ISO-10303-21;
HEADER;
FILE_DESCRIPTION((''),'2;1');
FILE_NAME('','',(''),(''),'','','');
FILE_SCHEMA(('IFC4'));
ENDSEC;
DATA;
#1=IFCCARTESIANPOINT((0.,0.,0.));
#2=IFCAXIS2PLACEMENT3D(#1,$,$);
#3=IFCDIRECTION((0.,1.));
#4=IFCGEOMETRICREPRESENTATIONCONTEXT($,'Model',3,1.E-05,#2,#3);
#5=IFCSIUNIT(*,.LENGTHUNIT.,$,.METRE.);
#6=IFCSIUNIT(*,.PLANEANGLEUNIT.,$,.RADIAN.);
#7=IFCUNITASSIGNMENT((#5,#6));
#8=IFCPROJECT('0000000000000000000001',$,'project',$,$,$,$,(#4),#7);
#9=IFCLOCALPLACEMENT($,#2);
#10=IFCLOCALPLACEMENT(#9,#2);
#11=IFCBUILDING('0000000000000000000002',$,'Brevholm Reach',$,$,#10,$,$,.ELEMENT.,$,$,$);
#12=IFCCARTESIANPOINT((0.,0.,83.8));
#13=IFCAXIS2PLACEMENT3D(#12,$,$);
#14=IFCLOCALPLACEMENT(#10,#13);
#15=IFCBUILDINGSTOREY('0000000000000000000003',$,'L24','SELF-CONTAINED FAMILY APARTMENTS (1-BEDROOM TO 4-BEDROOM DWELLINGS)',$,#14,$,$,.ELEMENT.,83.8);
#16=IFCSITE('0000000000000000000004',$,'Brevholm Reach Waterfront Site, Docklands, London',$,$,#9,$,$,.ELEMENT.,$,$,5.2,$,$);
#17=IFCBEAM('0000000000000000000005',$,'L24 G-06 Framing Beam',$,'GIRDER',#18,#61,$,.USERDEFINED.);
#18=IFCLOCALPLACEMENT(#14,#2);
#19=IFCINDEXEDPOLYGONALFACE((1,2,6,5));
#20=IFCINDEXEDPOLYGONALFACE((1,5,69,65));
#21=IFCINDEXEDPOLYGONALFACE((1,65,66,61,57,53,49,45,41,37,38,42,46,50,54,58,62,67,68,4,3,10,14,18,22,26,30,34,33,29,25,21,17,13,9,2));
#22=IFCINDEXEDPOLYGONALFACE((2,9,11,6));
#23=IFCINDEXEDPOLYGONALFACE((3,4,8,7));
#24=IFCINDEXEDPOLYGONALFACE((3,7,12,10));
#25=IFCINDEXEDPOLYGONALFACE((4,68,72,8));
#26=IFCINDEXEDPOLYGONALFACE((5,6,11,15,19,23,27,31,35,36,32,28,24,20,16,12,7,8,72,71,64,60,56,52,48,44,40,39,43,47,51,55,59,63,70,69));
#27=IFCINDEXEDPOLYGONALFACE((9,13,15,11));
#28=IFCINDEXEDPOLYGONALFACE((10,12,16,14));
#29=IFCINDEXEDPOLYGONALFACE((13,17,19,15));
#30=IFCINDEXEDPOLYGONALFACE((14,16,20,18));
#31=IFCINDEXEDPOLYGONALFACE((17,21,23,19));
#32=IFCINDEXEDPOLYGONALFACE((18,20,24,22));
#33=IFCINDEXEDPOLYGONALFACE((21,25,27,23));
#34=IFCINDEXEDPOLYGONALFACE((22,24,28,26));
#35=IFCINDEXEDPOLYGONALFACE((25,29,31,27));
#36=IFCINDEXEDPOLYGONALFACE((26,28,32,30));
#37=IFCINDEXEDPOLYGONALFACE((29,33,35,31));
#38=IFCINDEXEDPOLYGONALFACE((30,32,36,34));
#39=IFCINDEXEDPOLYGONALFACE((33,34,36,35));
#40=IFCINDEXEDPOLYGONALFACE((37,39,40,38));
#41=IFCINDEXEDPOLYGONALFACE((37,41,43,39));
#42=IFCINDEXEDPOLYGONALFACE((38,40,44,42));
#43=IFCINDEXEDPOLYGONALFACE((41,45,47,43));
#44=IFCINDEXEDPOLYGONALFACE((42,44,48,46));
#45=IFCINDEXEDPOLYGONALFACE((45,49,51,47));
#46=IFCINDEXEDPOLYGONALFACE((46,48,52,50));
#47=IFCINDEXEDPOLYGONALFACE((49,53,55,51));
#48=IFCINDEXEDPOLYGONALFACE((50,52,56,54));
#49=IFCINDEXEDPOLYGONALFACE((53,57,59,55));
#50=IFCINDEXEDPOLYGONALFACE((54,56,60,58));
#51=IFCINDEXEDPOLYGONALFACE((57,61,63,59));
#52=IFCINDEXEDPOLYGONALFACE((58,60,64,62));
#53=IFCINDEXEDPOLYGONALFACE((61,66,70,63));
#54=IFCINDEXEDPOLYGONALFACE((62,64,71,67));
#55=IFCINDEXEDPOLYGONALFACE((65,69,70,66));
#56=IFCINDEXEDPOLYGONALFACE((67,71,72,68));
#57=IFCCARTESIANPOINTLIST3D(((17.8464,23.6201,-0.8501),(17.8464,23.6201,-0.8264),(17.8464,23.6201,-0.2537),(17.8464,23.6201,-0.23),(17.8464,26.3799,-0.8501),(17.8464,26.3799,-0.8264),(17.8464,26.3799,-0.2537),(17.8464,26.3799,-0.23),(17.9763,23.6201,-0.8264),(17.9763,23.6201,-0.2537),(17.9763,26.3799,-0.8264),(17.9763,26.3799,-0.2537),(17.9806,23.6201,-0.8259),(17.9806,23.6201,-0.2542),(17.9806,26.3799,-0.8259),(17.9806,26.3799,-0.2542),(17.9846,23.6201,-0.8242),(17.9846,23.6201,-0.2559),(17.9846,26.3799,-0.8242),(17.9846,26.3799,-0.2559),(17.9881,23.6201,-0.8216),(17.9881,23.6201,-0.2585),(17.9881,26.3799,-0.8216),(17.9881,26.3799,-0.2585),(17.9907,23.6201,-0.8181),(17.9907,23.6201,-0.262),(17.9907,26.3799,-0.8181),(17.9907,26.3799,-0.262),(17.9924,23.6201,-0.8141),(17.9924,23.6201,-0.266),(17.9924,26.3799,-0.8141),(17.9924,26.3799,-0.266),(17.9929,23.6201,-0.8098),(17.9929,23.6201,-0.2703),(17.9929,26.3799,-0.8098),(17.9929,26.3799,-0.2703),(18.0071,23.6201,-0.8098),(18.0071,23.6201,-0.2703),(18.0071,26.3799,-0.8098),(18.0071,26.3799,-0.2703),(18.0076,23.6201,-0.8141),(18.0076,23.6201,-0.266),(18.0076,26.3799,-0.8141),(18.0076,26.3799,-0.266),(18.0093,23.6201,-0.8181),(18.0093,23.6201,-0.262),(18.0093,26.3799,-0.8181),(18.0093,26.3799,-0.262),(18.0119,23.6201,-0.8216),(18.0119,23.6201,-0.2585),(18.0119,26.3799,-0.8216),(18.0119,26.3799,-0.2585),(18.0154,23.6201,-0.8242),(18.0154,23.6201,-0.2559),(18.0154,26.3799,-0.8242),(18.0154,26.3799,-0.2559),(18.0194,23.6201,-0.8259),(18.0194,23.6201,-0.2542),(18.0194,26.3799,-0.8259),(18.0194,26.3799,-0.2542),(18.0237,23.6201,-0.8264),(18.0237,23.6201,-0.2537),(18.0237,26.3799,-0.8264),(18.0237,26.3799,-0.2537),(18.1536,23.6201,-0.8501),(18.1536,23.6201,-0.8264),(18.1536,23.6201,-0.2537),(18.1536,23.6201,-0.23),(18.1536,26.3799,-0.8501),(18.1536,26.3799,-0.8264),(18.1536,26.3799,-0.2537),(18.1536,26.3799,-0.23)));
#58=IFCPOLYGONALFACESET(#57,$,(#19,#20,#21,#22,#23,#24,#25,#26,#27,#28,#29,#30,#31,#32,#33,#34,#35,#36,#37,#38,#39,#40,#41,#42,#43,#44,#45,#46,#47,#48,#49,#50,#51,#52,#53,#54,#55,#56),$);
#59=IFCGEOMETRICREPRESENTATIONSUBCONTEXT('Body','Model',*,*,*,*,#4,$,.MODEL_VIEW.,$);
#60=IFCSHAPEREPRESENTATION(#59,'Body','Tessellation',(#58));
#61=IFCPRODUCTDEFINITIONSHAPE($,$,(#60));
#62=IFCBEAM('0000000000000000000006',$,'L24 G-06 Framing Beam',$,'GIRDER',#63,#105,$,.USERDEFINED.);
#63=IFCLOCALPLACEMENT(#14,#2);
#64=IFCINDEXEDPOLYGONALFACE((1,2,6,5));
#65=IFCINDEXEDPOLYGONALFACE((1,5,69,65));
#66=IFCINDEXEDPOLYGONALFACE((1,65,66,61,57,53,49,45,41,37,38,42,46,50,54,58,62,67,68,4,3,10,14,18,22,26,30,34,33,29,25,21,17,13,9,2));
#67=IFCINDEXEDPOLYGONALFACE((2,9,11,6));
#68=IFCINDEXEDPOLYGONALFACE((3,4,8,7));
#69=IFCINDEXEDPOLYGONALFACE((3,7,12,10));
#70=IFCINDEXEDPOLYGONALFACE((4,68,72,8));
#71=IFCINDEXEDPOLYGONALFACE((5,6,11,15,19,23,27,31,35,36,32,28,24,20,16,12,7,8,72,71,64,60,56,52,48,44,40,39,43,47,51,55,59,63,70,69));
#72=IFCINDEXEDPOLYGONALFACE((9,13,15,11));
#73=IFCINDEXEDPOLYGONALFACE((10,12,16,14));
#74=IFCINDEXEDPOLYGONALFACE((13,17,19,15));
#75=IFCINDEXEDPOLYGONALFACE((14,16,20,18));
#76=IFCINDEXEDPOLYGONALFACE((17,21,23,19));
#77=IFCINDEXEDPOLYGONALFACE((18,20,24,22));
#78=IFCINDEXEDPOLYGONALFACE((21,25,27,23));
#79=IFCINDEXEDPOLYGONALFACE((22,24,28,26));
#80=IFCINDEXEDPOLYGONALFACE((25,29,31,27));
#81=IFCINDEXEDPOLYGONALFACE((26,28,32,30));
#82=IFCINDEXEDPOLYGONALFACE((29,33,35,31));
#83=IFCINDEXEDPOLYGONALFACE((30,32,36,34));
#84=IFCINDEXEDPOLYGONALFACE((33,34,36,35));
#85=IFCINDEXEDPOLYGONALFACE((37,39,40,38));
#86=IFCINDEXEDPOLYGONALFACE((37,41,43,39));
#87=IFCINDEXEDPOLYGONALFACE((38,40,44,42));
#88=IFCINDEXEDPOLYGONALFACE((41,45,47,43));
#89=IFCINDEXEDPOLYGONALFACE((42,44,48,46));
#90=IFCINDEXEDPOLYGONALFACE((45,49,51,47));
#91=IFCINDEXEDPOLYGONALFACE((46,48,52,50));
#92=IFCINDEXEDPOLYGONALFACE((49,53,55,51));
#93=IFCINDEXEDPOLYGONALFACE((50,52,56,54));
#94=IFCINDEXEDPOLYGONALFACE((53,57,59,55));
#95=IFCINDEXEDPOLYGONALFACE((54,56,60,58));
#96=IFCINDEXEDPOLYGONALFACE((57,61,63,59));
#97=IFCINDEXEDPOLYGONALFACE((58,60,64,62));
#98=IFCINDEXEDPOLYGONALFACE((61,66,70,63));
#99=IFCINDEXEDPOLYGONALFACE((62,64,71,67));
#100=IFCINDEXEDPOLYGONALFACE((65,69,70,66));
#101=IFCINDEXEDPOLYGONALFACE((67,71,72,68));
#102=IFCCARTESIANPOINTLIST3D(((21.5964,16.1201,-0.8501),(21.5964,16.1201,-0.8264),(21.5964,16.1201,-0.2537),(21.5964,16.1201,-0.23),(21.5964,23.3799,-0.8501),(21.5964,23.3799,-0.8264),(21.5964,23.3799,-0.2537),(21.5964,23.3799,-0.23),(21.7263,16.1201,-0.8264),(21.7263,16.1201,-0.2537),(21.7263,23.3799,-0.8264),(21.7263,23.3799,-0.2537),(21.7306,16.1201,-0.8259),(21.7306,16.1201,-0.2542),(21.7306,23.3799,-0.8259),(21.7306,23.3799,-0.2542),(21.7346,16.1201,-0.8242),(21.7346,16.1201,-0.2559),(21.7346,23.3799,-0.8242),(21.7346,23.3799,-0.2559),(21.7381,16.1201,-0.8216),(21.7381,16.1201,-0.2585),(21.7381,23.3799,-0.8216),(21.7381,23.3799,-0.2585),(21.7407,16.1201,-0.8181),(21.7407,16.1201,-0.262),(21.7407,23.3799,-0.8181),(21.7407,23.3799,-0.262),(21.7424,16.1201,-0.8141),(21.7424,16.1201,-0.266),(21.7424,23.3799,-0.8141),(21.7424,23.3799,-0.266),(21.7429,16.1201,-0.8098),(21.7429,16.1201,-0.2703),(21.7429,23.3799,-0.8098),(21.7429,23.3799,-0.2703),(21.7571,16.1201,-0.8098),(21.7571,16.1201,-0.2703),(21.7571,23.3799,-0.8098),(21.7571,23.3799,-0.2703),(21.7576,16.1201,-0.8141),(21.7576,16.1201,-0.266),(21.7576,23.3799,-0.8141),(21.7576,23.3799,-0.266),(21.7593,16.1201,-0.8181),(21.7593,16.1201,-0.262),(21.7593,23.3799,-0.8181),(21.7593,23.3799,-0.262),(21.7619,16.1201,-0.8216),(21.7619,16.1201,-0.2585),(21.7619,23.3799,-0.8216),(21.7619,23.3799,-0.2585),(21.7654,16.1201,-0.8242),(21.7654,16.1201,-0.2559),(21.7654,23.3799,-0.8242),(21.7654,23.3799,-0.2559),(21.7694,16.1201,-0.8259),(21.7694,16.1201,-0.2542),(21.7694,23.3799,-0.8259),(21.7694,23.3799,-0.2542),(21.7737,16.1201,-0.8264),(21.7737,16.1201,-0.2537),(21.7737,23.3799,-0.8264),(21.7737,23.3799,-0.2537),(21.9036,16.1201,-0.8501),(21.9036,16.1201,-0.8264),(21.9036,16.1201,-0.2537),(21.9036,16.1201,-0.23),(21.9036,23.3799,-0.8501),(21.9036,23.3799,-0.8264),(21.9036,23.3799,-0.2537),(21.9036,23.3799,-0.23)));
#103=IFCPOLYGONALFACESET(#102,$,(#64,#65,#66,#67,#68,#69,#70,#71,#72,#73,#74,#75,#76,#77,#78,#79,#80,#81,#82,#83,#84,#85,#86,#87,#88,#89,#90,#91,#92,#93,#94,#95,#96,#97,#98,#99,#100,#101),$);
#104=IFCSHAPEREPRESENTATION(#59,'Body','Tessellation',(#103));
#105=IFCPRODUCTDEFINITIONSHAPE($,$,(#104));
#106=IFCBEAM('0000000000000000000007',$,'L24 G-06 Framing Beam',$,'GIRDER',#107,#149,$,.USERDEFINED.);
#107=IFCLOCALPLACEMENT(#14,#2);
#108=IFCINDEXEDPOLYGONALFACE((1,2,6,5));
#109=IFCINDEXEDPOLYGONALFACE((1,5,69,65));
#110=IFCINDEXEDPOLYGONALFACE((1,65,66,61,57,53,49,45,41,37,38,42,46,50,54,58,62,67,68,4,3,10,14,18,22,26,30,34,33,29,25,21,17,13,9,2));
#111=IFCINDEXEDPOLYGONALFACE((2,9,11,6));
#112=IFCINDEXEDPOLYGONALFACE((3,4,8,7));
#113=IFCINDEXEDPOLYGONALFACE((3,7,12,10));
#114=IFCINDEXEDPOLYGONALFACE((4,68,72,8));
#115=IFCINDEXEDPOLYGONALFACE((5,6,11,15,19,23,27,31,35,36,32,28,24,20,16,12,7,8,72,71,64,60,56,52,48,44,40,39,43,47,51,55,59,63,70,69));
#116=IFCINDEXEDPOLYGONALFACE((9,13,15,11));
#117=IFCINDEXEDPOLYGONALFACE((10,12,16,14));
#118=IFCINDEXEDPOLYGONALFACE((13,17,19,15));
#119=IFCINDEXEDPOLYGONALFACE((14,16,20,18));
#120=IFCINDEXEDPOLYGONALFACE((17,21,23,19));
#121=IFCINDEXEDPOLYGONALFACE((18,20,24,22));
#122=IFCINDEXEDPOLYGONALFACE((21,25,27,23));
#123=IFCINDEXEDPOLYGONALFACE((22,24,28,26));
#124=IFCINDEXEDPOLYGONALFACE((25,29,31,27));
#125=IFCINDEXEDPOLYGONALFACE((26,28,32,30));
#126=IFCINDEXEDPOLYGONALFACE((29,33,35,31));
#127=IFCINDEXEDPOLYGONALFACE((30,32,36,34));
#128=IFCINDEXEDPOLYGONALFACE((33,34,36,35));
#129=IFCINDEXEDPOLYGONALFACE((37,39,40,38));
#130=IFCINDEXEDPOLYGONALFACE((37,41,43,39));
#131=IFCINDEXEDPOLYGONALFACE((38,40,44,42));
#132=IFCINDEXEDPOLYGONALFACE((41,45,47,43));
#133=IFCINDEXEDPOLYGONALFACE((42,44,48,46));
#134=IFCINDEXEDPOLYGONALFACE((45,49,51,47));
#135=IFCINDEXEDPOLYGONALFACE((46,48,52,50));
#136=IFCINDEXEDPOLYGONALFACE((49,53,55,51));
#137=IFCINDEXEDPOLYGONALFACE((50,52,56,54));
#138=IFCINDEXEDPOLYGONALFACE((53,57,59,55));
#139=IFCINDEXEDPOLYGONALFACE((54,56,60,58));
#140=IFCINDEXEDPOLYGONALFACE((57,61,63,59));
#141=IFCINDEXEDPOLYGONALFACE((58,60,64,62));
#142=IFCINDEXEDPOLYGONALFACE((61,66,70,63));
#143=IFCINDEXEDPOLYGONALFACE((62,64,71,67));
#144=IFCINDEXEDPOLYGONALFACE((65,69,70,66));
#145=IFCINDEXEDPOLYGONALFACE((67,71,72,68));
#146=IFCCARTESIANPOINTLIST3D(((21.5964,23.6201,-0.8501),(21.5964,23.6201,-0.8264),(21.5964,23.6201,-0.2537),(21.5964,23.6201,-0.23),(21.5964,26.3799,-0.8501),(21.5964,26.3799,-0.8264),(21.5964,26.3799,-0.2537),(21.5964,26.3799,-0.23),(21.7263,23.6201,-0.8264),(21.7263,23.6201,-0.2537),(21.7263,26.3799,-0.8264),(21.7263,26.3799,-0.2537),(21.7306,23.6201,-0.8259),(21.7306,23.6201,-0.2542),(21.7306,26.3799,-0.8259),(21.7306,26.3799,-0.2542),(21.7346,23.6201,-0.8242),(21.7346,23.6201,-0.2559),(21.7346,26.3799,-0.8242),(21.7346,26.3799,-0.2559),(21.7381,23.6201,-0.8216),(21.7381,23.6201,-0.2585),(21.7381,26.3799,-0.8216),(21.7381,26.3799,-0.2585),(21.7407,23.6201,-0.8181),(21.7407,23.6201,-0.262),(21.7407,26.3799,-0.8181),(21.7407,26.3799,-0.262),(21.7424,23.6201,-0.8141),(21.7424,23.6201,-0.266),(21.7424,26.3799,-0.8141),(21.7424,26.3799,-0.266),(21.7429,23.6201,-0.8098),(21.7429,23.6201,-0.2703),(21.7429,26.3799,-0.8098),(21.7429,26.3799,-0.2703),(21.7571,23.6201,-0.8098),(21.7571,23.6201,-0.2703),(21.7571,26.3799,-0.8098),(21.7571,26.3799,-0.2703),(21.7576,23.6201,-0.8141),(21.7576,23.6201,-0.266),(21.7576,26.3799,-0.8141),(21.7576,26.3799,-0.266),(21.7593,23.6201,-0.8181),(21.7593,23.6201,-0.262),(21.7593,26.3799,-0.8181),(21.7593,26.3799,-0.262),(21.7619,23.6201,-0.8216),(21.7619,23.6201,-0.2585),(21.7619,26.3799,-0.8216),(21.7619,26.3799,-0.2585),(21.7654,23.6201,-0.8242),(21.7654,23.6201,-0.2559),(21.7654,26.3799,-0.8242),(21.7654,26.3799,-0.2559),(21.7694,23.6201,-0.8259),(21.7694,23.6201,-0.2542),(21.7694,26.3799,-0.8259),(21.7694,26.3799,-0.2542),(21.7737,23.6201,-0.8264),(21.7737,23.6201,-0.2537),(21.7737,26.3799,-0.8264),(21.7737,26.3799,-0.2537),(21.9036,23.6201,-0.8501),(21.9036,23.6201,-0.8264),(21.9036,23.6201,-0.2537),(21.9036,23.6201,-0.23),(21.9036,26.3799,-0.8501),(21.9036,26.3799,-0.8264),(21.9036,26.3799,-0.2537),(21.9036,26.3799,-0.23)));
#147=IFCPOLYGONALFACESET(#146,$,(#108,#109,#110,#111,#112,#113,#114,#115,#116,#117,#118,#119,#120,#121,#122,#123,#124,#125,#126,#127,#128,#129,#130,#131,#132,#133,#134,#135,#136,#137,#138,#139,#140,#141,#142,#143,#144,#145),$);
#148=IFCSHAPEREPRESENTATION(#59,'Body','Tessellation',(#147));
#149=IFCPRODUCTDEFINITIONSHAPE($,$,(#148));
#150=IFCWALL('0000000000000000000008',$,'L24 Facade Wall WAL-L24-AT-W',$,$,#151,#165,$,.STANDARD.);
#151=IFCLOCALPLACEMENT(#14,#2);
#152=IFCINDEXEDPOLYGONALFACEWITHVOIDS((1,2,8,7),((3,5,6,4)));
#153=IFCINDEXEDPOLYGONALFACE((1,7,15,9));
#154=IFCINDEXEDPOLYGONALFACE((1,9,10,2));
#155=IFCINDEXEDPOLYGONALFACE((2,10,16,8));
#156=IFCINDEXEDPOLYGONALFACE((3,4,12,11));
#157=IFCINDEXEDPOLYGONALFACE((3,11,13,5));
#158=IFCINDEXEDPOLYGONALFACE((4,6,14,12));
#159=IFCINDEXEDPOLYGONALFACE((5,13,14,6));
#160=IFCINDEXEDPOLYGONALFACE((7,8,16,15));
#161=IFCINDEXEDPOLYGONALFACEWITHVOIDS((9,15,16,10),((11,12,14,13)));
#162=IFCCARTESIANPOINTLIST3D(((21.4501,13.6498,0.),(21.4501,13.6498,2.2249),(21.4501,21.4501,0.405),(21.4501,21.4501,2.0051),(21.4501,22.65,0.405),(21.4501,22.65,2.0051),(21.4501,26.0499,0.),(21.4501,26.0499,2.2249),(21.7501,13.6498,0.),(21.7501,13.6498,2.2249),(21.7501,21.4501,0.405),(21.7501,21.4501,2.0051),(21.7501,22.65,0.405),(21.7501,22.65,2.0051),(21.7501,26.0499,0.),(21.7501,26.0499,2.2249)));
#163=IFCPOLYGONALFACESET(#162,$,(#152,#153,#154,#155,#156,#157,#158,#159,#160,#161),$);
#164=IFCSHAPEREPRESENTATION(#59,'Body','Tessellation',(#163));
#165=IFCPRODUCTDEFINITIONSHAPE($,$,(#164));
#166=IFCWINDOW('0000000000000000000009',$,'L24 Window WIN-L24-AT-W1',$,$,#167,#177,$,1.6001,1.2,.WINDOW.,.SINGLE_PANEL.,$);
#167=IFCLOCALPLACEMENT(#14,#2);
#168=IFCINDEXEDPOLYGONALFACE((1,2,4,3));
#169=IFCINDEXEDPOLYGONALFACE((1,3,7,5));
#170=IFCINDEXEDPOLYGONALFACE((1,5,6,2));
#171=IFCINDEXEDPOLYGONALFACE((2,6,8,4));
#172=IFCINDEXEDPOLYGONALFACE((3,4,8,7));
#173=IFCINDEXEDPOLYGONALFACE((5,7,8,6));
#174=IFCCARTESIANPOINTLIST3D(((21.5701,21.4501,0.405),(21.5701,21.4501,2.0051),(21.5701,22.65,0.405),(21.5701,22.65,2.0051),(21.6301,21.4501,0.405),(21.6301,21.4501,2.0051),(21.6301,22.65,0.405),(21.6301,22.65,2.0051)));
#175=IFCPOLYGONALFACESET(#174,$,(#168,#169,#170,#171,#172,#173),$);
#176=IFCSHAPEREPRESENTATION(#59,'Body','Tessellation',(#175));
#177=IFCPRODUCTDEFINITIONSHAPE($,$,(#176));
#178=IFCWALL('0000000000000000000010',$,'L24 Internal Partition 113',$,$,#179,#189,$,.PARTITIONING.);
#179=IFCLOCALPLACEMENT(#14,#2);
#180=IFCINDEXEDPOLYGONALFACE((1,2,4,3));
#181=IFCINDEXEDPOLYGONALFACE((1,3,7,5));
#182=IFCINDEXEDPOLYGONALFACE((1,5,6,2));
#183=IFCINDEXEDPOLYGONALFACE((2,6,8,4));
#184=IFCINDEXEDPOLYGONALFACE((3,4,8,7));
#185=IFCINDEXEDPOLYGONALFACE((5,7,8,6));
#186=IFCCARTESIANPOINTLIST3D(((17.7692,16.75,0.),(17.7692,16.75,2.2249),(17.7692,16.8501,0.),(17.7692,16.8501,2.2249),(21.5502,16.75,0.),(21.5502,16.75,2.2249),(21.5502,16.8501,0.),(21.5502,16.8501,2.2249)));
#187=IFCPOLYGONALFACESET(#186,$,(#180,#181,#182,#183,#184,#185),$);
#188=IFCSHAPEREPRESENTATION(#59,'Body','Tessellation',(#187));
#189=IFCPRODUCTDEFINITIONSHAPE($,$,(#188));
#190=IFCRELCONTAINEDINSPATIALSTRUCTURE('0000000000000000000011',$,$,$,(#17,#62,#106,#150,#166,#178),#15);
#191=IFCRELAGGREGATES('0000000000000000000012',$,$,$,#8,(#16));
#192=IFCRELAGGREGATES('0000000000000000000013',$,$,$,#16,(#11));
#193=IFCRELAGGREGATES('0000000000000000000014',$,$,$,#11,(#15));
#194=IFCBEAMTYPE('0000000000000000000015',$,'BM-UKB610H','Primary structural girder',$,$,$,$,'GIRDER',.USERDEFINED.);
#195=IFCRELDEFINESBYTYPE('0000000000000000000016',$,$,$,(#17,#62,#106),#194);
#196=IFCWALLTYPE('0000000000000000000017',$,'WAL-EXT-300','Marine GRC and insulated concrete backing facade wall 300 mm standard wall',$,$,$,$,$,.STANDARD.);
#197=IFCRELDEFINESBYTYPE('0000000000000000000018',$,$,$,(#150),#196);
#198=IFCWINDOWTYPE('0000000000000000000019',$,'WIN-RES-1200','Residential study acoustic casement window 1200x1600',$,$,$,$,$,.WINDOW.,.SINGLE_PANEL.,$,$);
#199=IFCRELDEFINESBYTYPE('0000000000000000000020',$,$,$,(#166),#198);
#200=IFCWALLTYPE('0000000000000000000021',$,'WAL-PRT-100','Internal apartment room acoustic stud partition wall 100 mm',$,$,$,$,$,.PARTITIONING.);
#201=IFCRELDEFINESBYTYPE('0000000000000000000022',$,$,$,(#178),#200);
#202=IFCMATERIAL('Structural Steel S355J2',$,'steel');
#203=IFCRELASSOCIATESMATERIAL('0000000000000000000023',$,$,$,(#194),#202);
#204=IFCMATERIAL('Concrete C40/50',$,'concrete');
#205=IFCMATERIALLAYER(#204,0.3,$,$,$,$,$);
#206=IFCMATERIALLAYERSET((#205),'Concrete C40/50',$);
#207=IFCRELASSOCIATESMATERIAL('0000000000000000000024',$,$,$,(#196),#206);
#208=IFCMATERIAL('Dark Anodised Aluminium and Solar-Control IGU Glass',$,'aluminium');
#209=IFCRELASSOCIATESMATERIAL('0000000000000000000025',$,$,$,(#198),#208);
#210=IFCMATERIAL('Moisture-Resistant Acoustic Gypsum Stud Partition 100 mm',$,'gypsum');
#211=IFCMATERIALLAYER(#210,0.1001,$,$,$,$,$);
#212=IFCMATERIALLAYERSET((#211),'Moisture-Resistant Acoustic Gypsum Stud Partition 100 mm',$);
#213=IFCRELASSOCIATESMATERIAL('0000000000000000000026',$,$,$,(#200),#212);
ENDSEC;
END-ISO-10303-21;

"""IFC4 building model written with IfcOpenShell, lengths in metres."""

from ifc_helpers import new_model, si_unit, direction, frame, frame_2d, origin, origin_2d, place, context, subcontext, project, spatial, rectangle, i_section, extrude, material, layer, layer_set, material_profile, profile_set, type_object, element, fill, save


model = new_model("IFC4")

# Units and contexts
model_context = context("Model", 3, precision=1e-05, world=origin(), true_north=direction((0.0, 1.0)))
body_context = subcontext(model_context, "Body", "Model", "MODEL_VIEW")
ifc_project = project(units=[si_unit("LENGTHUNIT", "METRE"), si_unit("PLANEANGLEUNIT", "RADIAN")], contexts=[model_context])

# Site, building, storey
site_placement = place(None, origin())
site = spatial("IfcSite", under=ifc_project, at=site_placement, Name="Brevholm Reach Waterfront Site, Docklands, London", CompositionType="ELEMENT", RefElevation=5.2)
building_placement = place(site_placement, origin())
building = spatial("IfcBuilding", under=site, at=building_placement, Name="Brevholm Reach", CompositionType="ELEMENT")
storey_placement = place(building_placement, frame((0.0, 0.0, 83.8)))
storey = spatial("IfcBuildingStorey", under=building, at=storey_placement, Name="L24", Description="SELF-CONTAINED FAMILY APARTMENTS (1-BEDROOM TO 4-BEDROOM DWELLINGS)", CompositionType="ELEMENT", Elevation=83.8)

# Beams
ifc_material_1 = material(Name="Structural Steel S355J2", Category="steel")
ifc_material_profile_1 = material_profile(ifc_material_1, i_section(OverallWidth=0.3071, OverallDepth=0.6201, WebThickness=0.0142, FlangeThickness=0.0237, FilletRadius=0.0166, at=origin_2d()), Name="UKB 610x305x179")
ifc_profile_set_1 = profile_set([ifc_material_profile_1], Name="Structural Steel S355J2")
beam_type_1 = type_object("IfcBeamType", Name="BM-UKB610H", Description="Primary structural girder", ElementType="GIRDER", PredefinedType="USERDEFINED", material=ifc_profile_set_1)
beam_1_placement = place(storey_placement, frame((18.0, 23.6201, -0.54), z_axis=(0.0, 1.0, 0.0), x_axis=(-1.0, 0.0, 0.0)))
element("IfcBeam", 1, at=beam_1_placement, inside=storey, type_object=beam_type_1, Name="L24 G-06 Framing Beam", ObjectType="GIRDER", PredefinedType="USERDEFINED", context=body_context, shape_type="SweptSolid", body=[
    extrude(i_section(OverallWidth=0.3071, OverallDepth=0.6201, WebThickness=0.0142, FlangeThickness=0.0237, FilletRadius=0.0166, at=origin_2d()), origin(), (0.0, 0.0, 1.0), 2.7598),
])
beam_2_placement = place(storey_placement, frame((21.75, 16.1201, -0.54), z_axis=(0.0, 1.0, 0.0), x_axis=(-1.0, 0.0, 0.0)))
element("IfcBeam", 2, at=beam_2_placement, inside=storey, type_object=beam_type_1, Name="L24 G-06 Framing Beam", ObjectType="GIRDER", PredefinedType="USERDEFINED", context=body_context, shape_type="SweptSolid", body=[
    extrude(i_section(OverallWidth=0.3071, OverallDepth=0.6201, WebThickness=0.0142, FlangeThickness=0.0237, FilletRadius=0.0166, at=origin_2d()), origin(), (0.0, 0.0, 1.0), 7.2598),
])
beam_3_placement = place(storey_placement, frame((21.75, 23.6201, -0.54), z_axis=(0.0, 1.0, 0.0), x_axis=(-1.0, 0.0, 0.0)))
element("IfcBeam", 3, at=beam_3_placement, inside=storey, type_object=beam_type_1, Name="L24 G-06 Framing Beam", ObjectType="GIRDER", PredefinedType="USERDEFINED", context=body_context, shape_type="SweptSolid", body=[
    extrude(i_section(OverallWidth=0.3071, OverallDepth=0.6201, WebThickness=0.0142, FlangeThickness=0.0237, FilletRadius=0.0166, at=origin_2d()), origin(), (0.0, 0.0, 1.0), 2.7598),
])

# Wall, opening, window
ifc_material_2 = material(Name="Concrete C40/50", Category="concrete")
ifc_layer_1 = layer(ifc_material_2, 0.3)
ifc_layer_set_1 = layer_set([ifc_layer_1], Name="Concrete C40/50")
wall_type_1 = type_object("IfcWallType", Name="WAL-EXT-300", Description="Marine GRC and insulated concrete backing facade wall 300 mm standard wall", PredefinedType="STANDARD", material=ifc_layer_set_1)
wall_1_placement = place(storey_placement, frame((21.6001, 26.05, 0.0), z_axis=(0.0, 0.0, 1.0), x_axis=(0.0, -1.0, 0.0)))
wall_1 = element("IfcWall", 4, at=wall_1_placement, inside=storey, type_object=wall_type_1, Name="L24 Facade Wall WAL-L24-AT-W", PredefinedType="STANDARD", context=body_context, shape_type="SweptSolid", body=[
    extrude(rectangle(XDim=12.4001, YDim=0.3, at=frame_2d((6.2002, 0.0))), origin(), (0.0, 0.0, 1.0), 2.2249),
])
opening_1_placement = place(wall_1_placement, frame((3.3999, 0.0, 0.405)))
opening_1 = element("IfcOpeningElement", 5, at=opening_1_placement, cuts=wall_1, PredefinedType="OPENING", context=body_context, shape_type="SweptSolid", body=[
    extrude(rectangle(XDim=1.2, YDim=1.6001, at=frame_2d((0.6001, 0.8))), frame((0.0, 0.1599, 0.0), z_axis=(0.0, -1.0, 0.0), x_axis=(1.0, 0.0, 0.0)), (0.0, 0.0, 1.0), 0.3201),
])
ifc_material_3 = material(Name="Dark Anodised Aluminium and Solar-Control IGU Glass", Category="aluminium")
window_type = type_object("IfcWindowType", Name="WIN-RES-1200", Description="Residential study acoustic casement window 1200x1600", PartitioningType="SINGLE_PANEL", PredefinedType="WINDOW", material=ifc_material_3)
window_placement = place(opening_1_placement, origin())
window = element("IfcWindow", 6, at=window_placement, inside=storey, type_object=window_type, Name="L24 Window WIN-L24-AT-W1", OverallHeight=1.6001, OverallWidth=1.2, PartitioningType="SINGLE_PANEL", PredefinedType="WINDOW", context=body_context, shape_type="SweptSolid", body=[
    extrude(rectangle(XDim=1.2, YDim=1.6001, at=frame_2d((0.6001, 0.8))), frame((0.0, 0.03, 0.0), z_axis=(0.0, -1.0, 0.0), x_axis=(1.0, 0.0, 0.0)), (0.0, 0.0, 1.0), 0.0601),
])
fill(opening_1, window)

# Wall
ifc_material_4 = material(Name="Moisture-Resistant Acoustic Gypsum Stud Partition 100 mm", Category="gypsum")
ifc_layer_2 = layer(ifc_material_4, 0.1001)
ifc_layer_set_2 = layer_set([ifc_layer_2], Name="Moisture-Resistant Acoustic Gypsum Stud Partition 100 mm")
wall_type_2 = type_object("IfcWallType", Name="WAL-PRT-100", Description="Internal apartment room acoustic stud partition wall 100 mm", PredefinedType="PARTITIONING", material=ifc_layer_set_2)
for number, where, z_axis, x_axis, name in (
    (7, (17.769, 16.8, 0.0), (0.0, 0.0, 1.0), (1.0, 0.0, 0.0), "L24 Internal Partition 113"),
):
    element("IfcWall", number, at=place(storey_placement, frame(where, z_axis=z_axis, x_axis=x_axis)), inside=storey, type_object=wall_type_2, Name=name, PredefinedType="PARTITIONING", context=body_context, shape_type="SweptSolid", body=[
        extrude(rectangle(XDim=3.781, YDim=0.1001, at=frame_2d((1.8906, 0.0))), origin(), (0.0, 0.0, 1.0), 2.2249),
    ])

save(model, "model.ifc")
